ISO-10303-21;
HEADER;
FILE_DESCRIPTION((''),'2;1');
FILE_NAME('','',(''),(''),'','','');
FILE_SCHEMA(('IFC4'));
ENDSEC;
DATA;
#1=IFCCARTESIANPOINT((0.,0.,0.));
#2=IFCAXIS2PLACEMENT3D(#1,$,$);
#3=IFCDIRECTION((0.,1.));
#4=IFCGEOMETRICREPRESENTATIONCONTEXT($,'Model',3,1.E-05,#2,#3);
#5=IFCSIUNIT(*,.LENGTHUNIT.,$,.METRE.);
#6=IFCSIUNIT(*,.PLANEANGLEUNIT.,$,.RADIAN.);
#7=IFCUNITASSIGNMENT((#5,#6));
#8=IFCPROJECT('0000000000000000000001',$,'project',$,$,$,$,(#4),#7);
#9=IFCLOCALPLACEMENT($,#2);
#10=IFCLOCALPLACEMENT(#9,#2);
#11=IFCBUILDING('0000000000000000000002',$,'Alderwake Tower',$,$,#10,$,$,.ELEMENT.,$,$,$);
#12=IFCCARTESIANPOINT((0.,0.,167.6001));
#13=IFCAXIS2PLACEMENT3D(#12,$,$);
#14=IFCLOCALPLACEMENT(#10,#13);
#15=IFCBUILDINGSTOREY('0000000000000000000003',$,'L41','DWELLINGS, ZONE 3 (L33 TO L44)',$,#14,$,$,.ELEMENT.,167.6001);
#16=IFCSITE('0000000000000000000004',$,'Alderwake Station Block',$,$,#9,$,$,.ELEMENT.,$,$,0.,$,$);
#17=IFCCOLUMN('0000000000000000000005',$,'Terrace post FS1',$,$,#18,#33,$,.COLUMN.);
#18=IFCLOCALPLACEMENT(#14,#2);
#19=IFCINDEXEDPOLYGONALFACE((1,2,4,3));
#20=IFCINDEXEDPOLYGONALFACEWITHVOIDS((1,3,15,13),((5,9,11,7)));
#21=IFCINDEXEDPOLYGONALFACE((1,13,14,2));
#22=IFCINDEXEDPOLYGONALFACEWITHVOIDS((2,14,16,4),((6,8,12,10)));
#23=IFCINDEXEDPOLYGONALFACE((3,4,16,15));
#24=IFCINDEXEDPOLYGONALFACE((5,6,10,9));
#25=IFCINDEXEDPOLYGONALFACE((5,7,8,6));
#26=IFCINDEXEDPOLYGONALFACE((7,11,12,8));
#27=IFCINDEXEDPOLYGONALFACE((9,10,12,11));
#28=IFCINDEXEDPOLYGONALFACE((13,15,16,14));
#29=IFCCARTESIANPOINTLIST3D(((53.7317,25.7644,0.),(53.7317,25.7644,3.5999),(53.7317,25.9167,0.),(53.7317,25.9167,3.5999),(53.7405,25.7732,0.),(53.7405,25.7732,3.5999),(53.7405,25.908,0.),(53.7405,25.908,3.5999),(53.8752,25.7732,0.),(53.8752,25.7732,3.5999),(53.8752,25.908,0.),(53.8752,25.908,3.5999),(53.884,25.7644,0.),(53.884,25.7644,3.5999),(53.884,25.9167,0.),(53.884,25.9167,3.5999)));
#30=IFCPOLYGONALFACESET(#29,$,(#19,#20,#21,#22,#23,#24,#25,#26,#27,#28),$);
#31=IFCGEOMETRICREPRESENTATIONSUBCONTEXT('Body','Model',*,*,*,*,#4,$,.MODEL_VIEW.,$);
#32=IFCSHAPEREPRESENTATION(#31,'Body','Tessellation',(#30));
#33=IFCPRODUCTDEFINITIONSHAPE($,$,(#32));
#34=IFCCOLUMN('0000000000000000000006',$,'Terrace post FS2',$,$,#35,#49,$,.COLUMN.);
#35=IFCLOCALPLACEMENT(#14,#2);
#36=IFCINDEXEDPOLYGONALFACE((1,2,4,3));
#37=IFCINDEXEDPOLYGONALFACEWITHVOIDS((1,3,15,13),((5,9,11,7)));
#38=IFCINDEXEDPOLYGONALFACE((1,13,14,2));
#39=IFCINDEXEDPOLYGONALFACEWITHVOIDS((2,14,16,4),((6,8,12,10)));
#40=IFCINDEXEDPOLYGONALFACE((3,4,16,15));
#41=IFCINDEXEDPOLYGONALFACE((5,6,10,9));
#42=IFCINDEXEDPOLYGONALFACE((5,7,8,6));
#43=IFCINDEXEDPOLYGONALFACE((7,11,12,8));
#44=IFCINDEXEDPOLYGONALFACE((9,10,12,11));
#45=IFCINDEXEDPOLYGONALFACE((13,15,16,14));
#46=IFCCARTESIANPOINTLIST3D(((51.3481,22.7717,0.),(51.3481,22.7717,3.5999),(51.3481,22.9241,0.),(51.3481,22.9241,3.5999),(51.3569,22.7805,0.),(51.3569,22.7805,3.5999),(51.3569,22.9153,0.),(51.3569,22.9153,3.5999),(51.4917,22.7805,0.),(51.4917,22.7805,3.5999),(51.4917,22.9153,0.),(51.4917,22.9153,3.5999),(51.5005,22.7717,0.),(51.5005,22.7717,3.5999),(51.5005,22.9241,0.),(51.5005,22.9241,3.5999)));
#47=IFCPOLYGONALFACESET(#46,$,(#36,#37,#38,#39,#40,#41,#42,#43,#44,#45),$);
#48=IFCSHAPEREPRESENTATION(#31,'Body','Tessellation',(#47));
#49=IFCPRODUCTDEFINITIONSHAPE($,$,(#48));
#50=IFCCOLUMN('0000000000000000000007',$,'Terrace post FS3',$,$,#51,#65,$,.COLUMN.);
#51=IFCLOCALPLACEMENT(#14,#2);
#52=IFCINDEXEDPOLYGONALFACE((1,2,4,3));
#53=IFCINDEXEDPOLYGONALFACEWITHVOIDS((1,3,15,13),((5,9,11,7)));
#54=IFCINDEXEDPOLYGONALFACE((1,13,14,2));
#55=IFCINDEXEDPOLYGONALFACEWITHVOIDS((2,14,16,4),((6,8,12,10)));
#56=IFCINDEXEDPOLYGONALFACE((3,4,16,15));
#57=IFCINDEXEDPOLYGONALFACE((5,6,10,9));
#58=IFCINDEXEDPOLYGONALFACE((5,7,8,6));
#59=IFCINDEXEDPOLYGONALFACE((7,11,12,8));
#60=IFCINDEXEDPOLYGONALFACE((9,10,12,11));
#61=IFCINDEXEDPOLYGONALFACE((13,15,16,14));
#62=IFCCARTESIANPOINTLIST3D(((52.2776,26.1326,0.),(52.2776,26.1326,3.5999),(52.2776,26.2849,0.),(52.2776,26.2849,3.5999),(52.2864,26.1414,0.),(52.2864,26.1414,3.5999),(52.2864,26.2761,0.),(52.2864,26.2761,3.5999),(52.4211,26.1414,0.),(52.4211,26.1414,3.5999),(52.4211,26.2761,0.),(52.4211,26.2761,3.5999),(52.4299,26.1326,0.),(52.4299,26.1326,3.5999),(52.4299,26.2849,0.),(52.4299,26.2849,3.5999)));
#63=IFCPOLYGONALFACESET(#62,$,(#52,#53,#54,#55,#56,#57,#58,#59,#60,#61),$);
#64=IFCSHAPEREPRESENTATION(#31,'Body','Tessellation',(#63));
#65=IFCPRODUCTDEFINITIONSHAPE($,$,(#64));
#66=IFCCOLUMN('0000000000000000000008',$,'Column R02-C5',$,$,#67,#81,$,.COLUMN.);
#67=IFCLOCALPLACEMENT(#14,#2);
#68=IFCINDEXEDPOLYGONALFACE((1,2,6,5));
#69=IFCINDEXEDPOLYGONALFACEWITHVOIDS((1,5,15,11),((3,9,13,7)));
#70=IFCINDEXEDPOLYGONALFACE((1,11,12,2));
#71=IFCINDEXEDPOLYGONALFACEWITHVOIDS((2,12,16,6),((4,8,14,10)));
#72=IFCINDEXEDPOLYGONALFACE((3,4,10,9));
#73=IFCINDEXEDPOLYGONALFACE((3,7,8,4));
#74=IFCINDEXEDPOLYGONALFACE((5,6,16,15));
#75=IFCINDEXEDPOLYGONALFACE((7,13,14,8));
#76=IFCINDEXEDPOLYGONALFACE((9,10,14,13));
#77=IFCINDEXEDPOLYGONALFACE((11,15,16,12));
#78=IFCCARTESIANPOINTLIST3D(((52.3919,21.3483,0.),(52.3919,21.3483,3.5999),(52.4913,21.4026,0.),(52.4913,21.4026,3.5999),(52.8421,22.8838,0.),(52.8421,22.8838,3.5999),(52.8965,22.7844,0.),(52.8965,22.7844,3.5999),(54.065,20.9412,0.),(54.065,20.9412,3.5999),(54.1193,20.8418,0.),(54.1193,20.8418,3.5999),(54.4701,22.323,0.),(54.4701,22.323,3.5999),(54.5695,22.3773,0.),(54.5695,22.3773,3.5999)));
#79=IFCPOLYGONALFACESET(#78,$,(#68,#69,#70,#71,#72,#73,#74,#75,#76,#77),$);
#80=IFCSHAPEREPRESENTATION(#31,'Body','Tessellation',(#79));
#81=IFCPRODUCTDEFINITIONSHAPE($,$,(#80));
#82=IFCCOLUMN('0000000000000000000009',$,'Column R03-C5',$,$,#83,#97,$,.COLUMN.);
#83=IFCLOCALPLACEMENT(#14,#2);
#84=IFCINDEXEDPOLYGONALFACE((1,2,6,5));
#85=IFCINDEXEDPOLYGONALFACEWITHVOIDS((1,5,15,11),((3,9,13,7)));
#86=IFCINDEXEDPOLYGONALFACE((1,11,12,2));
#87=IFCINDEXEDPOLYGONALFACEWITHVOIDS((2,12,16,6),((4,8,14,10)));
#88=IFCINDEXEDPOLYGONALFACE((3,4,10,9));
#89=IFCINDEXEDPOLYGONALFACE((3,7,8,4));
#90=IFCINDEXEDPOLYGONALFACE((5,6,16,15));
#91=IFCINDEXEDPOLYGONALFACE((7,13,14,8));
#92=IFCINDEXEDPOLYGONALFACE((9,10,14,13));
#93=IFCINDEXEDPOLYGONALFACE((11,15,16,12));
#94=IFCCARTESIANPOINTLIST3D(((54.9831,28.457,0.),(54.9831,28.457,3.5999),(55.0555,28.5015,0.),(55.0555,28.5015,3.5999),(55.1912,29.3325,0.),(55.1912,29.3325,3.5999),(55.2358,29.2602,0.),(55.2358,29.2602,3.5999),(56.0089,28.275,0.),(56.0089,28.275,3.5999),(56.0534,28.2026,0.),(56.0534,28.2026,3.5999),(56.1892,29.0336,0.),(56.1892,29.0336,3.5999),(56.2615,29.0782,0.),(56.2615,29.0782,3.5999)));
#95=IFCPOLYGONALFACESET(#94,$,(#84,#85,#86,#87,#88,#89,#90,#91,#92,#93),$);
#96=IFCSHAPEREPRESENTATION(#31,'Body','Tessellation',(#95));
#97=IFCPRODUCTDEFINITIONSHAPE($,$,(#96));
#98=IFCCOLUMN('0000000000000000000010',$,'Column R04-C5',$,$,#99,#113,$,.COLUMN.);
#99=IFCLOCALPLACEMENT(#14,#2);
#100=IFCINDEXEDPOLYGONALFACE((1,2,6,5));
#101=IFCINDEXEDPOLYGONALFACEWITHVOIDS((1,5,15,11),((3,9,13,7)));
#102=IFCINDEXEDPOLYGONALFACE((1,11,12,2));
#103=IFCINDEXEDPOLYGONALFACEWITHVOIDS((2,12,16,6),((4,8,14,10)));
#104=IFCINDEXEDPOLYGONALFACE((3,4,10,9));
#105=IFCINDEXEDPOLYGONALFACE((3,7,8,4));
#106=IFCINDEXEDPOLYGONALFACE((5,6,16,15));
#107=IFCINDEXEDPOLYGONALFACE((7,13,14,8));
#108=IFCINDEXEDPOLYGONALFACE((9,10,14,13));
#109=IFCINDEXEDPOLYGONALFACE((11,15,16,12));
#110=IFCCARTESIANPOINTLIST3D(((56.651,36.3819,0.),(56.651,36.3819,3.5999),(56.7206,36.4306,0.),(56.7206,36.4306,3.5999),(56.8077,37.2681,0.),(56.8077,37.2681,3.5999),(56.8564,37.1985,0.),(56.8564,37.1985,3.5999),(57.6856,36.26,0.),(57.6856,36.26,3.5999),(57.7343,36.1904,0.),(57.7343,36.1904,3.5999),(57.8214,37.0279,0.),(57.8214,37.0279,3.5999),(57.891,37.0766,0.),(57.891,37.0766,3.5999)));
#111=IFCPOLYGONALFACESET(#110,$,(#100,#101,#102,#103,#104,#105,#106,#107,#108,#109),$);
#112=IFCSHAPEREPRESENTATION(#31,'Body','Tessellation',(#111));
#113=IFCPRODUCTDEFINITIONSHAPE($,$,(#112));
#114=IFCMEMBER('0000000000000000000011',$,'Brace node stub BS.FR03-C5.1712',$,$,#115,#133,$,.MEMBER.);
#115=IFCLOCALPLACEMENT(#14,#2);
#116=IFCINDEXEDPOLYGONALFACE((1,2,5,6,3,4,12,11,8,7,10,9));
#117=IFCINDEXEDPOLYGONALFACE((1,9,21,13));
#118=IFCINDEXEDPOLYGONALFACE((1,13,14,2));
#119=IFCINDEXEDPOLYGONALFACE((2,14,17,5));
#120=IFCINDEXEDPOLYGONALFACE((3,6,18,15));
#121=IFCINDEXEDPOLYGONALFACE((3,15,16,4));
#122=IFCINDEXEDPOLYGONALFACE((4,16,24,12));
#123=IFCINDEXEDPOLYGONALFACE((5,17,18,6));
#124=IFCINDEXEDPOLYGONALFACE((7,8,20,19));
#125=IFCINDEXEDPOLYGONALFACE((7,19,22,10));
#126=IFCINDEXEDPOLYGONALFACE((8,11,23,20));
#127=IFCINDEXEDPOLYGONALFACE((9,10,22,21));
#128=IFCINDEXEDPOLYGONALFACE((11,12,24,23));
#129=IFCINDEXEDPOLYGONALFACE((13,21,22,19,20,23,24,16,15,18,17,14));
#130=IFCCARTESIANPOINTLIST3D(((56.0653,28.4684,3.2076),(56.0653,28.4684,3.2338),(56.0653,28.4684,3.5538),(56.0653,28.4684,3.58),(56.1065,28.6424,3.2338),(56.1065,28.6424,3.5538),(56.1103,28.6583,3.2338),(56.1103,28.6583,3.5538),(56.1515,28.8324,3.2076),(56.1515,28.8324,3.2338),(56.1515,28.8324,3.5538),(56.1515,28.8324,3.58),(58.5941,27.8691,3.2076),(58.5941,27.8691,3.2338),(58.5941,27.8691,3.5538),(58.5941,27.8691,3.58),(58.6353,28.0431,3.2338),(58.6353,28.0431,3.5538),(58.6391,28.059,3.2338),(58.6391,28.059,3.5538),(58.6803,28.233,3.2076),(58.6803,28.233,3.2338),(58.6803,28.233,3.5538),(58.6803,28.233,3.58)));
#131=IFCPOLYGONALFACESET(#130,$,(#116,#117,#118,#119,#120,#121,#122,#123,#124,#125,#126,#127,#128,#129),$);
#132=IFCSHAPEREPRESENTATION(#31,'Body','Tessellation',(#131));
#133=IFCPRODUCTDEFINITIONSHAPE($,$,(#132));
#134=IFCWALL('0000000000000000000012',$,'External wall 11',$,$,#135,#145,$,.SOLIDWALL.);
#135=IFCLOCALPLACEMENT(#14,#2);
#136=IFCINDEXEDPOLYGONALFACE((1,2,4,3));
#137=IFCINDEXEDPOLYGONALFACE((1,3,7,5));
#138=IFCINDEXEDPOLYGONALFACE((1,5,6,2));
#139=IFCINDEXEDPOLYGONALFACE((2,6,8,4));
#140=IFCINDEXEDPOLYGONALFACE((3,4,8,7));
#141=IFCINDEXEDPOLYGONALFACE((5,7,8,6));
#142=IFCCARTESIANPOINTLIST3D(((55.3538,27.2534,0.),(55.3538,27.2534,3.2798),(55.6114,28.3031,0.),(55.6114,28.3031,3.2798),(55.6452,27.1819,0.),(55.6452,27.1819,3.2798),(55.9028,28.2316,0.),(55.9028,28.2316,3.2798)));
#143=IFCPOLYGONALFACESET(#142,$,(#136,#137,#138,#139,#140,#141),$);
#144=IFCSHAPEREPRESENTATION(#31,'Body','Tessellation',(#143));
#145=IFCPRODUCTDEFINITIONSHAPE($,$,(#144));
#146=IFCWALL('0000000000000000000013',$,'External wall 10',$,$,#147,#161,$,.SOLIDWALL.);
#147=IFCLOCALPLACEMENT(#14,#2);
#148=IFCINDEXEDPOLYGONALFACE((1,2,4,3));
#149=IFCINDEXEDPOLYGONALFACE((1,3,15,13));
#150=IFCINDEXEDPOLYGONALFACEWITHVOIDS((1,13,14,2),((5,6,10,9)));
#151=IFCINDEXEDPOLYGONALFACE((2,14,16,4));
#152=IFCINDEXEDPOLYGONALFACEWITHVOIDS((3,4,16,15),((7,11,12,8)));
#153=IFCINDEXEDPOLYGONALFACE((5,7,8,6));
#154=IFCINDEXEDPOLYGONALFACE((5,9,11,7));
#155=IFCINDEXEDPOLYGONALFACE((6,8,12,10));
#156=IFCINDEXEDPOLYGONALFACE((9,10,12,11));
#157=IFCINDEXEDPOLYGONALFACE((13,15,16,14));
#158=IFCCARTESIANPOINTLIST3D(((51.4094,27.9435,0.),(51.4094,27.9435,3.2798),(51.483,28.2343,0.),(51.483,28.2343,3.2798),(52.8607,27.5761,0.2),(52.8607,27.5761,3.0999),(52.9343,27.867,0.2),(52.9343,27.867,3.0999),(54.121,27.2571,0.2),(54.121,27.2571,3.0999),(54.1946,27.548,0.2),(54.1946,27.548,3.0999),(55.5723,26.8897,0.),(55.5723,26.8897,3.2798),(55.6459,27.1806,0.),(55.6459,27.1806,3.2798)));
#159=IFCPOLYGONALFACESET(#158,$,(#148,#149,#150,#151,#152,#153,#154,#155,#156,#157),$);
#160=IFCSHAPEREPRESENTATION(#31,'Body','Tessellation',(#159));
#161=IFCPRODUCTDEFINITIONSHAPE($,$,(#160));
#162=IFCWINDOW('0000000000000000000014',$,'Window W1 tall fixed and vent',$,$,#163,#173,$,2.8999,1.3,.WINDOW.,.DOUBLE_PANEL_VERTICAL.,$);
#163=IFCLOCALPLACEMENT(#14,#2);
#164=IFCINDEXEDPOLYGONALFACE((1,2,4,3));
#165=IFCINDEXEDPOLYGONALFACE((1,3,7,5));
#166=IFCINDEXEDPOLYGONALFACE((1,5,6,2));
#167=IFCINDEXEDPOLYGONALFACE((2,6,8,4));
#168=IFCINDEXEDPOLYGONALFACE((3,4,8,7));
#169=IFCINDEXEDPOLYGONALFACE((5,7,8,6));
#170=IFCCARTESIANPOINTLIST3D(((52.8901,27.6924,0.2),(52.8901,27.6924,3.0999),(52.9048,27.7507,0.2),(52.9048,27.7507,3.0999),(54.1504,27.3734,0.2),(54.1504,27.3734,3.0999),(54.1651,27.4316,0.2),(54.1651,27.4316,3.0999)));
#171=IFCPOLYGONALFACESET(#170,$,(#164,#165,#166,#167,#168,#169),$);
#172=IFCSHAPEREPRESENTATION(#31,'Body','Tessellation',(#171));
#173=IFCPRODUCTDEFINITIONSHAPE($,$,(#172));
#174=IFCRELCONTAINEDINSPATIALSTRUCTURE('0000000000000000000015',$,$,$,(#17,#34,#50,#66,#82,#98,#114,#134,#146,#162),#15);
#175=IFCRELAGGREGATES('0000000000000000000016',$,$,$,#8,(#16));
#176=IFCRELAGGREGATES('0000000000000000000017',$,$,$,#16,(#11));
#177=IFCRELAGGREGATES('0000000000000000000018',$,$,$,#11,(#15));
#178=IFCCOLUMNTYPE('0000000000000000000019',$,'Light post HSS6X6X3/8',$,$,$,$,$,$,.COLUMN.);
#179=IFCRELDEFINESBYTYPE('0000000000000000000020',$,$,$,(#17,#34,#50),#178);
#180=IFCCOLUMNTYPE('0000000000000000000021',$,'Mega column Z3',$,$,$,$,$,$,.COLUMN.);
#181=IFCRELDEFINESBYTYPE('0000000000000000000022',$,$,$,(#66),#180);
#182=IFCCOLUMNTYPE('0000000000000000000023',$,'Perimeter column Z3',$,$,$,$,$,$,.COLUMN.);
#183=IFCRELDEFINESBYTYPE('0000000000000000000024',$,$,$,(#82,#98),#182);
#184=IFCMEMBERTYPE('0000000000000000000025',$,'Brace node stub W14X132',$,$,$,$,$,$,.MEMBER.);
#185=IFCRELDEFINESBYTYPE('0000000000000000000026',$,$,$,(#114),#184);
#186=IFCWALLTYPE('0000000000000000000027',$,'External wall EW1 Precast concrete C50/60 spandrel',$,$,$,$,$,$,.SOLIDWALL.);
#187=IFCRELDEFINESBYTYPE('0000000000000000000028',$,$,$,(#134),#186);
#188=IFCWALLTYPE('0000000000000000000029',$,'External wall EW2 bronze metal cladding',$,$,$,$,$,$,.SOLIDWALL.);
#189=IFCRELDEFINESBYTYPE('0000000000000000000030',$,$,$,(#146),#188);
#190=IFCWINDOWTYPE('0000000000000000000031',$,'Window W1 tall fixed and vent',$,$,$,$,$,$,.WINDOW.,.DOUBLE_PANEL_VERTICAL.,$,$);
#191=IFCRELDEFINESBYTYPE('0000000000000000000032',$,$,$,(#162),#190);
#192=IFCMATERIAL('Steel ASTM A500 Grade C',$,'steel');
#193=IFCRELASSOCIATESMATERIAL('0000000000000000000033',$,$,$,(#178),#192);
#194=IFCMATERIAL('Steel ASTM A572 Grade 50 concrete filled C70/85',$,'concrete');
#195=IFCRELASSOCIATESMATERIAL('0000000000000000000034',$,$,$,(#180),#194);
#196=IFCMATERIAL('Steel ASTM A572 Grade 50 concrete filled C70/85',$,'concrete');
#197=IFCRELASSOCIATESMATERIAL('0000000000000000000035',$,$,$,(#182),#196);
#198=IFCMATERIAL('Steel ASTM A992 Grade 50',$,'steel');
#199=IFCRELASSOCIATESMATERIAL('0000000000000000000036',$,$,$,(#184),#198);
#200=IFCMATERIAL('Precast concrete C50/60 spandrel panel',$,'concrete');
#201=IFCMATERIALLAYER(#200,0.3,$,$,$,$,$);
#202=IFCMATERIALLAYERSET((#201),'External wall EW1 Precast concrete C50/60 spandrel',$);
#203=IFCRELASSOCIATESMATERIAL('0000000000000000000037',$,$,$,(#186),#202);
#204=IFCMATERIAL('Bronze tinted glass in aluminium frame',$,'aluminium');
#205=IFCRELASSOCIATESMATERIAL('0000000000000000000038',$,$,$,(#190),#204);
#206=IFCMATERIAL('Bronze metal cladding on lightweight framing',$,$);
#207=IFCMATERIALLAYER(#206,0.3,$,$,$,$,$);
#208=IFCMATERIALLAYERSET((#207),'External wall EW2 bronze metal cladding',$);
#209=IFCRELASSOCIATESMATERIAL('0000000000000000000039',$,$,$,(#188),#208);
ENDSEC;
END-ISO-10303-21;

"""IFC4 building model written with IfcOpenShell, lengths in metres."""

from ifc_helpers import new_model, si_unit, direction, frame, frame_2d, origin, origin_2d, place, context, subcontext, project, spatial, rectangle, hollow_rectangle, i_section, extrude, material, layer, layer_set, material_profile, profile_set, type_object, element, fill, save


model = new_model("IFC4")

# Units and contexts
model_context = context("Model", 3, precision=1e-05, world=origin(), true_north=direction((0.0, 1.0)))
body_context = subcontext(model_context, "Body", "Model", "MODEL_VIEW")
ifc_project = project(units=[si_unit("LENGTHUNIT", "METRE"), si_unit("PLANEANGLEUNIT", "RADIAN")], contexts=[model_context])

# Site, building, storey
site_placement = place(None, origin())
site = spatial("IfcSite", under=ifc_project, at=site_placement, Name="Alderwake Station Block", CompositionType="ELEMENT", RefElevation=0.0)
building_placement = place(site_placement, origin())
building = spatial("IfcBuilding", under=site, at=building_placement, Name="Alderwake Tower", CompositionType="ELEMENT")
storey_placement = place(building_placement, frame((0.0, 0.0, 167.6001)))
storey = spatial("IfcBuildingStorey", under=building, at=storey_placement, Name="L41", Description="DWELLINGS, ZONE 3 (L33 TO L44)", CompositionType="ELEMENT", Elevation=167.6001)

# Columns
ifc_material_1 = material(Name="Steel ASTM A500 Grade C", Category="steel")
ifc_material_profile_1 = material_profile(ifc_material_1, hollow_rectangle(XDim=0.1523, YDim=0.1523, WallThickness=0.0088, at=origin_2d()), Name="HSS6X6X3/8")
ifc_profile_set_1 = profile_set([ifc_material_profile_1], Name="Steel ASTM A500 Grade C")
column_type_1 = type_object("IfcColumnType", Name="Light post HSS6X6X3/8", PredefinedType="COLUMN", material=ifc_profile_set_1)
for number, where, z_axis, x_axis, name in (
    (1, (53.8079, 25.8406, 0.0), (0.0, 0.0, 1.0), (1.0, 0.0, 0.0), "Terrace post FS1"),
    (2, (51.4243, 22.8479, 0.0), (0.0, 0.0, 1.0), (1.0, 0.0, 0.0), "Terrace post FS2"),
    (3, (52.3538, 26.2087, 0.0), (0.0, 0.0, 1.0), (1.0, 0.0, 0.0), "Terrace post FS3"),
):
    element("IfcColumn", number, at=place(storey_placement, frame(where, z_axis=z_axis, x_axis=x_axis)), inside=storey, type_object=column_type_1, Name=name, PredefinedType="COLUMN", context=body_context, shape_type="SweptSolid", body=[
        extrude(hollow_rectangle(XDim=0.1523, YDim=0.1523, WallThickness=0.0088, at=origin_2d()), origin(), (0.0, 0.0, 1.0), 3.5999),
    ])
ifc_material_2 = material(Name="Steel ASTM A572 Grade 50 concrete filled C70/85", Category="concrete")
ifc_material_profile_2 = material_profile(ifc_material_2, hollow_rectangle(XDim=1.6001, YDim=1.8, WallThickness=0.0801, at=origin_2d()), Name="BOX 1800X1600X80")
ifc_profile_set_2 = profile_set([ifc_material_profile_2], Name="Steel ASTM A572 Grade 50 concrete filled C70/85")
column_type_2 = type_object("IfcColumnType", Name="Mega column Z3", PredefinedType="COLUMN", material=ifc_profile_set_2)
column_placement = place(storey_placement, frame((53.4807, 21.8628, 0.0), z_axis=(0.0, 0.0, 1.0), x_axis=(0.28136, 0.959602, 0.0)))
element("IfcColumn", 4, at=column_placement, inside=storey, type_object=column_type_2, Name="Column R02-C5", PredefinedType="COLUMN", context=body_context, shape_type="SweptSolid", body=[
    extrude(hollow_rectangle(XDim=1.6001, YDim=1.8, WallThickness=0.0801, at=origin_2d()), origin(), (0.0, 0.0, 1.0), 3.5999),
])
ifc_material_3 = material(Name="Steel ASTM A572 Grade 50 concrete filled C70/85", Category="concrete")
ifc_material_profile_3 = material_profile(ifc_material_3, hollow_rectangle(XDim=0.8999, YDim=1.1001, WallThickness=0.0601, at=origin_2d()), Name="BOX 1100X900X60")
ifc_profile_set_3 = profile_set([ifc_material_profile_3], Name="Steel ASTM A572 Grade 50 concrete filled C70/85")
column_type_3 = type_object("IfcColumnType", Name="Perimeter column Z3", PredefinedType="COLUMN", material=ifc_profile_set_3)
for number, where, z_axis, x_axis, name in (
    (5, (55.6223, 28.7676, 0.0), (0.0, 0.0, 1.0), (0.231222, 0.972901, 0.0), "Column R03-C5"),
    (6, (57.271, 36.7292, 0.0), (0.0, 0.0, 1.0), (0.174109, 0.984726, 0.0), "Column R04-C5"),
):
    element("IfcColumn", number, at=place(storey_placement, frame(where, z_axis=z_axis, x_axis=x_axis)), inside=storey, type_object=column_type_3, Name=name, PredefinedType="COLUMN", context=body_context, shape_type="SweptSolid", body=[
        extrude(hollow_rectangle(XDim=0.8999, YDim=1.1001, WallThickness=0.0601, at=origin_2d()), origin(), (0.0, 0.0, 1.0), 3.5999),
    ])

# Member
ifc_material_4 = material(Name="Steel ASTM A992 Grade 50", Category="steel")
ifc_material_profile_4 = material_profile(ifc_material_4, i_section(OverallWidth=0.374, OverallDepth=0.3723, WebThickness=0.0164, FlangeThickness=0.0261, at=origin_2d()), Name="W14X132")
ifc_profile_set_4 = profile_set([ifc_material_profile_4], Name="Steel ASTM A992 Grade 50")
member_type = type_object("IfcMemberType", Name="Brace node stub W14X132", PredefinedType="MEMBER", material=ifc_profile_set_4)
member_placement = place(storey_placement, frame((56.1084, 28.6504, 3.3938), z_axis=(0.973043, -0.230626, 0.0), x_axis=(0.230626, 0.973043, 0.0)))
element("IfcMember", 7, at=member_placement, inside=storey, type_object=member_type, Name="Brace node stub BS.FR03-C5.1712", PredefinedType="MEMBER", context=body_context, shape_type="SweptSolid", body=[
    extrude(i_section(OverallWidth=0.374, OverallDepth=0.3723, WebThickness=0.0164, FlangeThickness=0.0261, at=origin_2d()), origin(), (0.0, 0.0, 1.0), 2.5989),
])

# Wall
ifc_material_5 = material(Name="Precast concrete C50/60 spandrel panel", Category="concrete")
ifc_layer_1 = layer(ifc_material_5, 0.3)
ifc_layer_set_1 = layer_set([ifc_layer_1], Name="External wall EW1 Precast concrete C50/60 spandrel")
wall_type_1 = type_object("IfcWallType", Name="External wall EW1 Precast concrete C50/60 spandrel", PredefinedType="SOLIDWALL", material=ifc_layer_set_1)
wall_1_placement = place(storey_placement, frame((55.4995, 27.2175, 0.0), z_axis=(0.0, 0.0, 1.0), x_axis=(0.238334, 0.971183, 0.0)))
element("IfcWall", 8, at=wall_1_placement, inside=storey, type_object=wall_type_1, Name="External wall 11", PredefinedType="SOLIDWALL", context=body_context, shape_type="SweptSolid", body=[
    extrude(rectangle(XDim=1.0808, YDim=0.3, at=frame_2d((0.5405, 0.0))), origin(), (0.0, 0.0, 1.0), 3.2798),
])

# Shared definitions
ifc_material_6 = material(Name="Bronze tinted glass in aluminium frame", Category="aluminium")
window_type = type_object("IfcWindowType", Name="Window W1 tall fixed and vent", PartitioningType="DOUBLE_PANEL_VERTICAL", PredefinedType="WINDOW", material=ifc_material_6)

# Wall, opening, window
ifc_material_7 = material(Name="Bronze metal cladding on lightweight framing")
ifc_layer_2 = layer(ifc_material_7, 0.3)
ifc_layer_set_2 = layer_set([ifc_layer_2], Name="External wall EW2 bronze metal cladding")
wall_type_2 = type_object("IfcWallType", Name="External wall EW2 bronze metal cladding", PredefinedType="SOLIDWALL", material=ifc_layer_set_2)
wall_2_placement = place(storey_placement, frame((51.4463, 28.0889, 0.0), z_axis=(0.0, 0.0, 1.0), x_axis=(0.969426, -0.245384, 0.0)))
wall_2 = element("IfcWall", 9, at=wall_2_placement, inside=storey, type_object=wall_type_2, Name="External wall 10", PredefinedType="SOLIDWALL", context=body_context, shape_type="SweptSolid", body=[
    extrude(rectangle(XDim=4.2942, YDim=0.3, at=frame_2d((2.147, 0.0))), origin(), (0.0, 0.0, 1.0), 3.2798),
])
opening_1_placement = place(wall_2_placement, frame((1.4971, 0.0, 0.2)))
opening_1 = element("IfcOpeningElement", 10, at=opening_1_placement, cuts=wall_2, PredefinedType="OPENING", context=body_context, shape_type="SweptSolid", body=[
    extrude(rectangle(XDim=1.3, YDim=2.8999, at=frame_2d((0.6499, 1.45))), frame((0.0, 0.1599, 0.0), z_axis=(0.0, -1.0, 0.0), x_axis=(1.0, 0.0, 0.0)), (0.0, 0.0, 1.0), 0.3201),
])
window_1_placement = place(opening_1_placement, origin())
window_1 = element("IfcWindow", 11, at=window_1_placement, inside=storey, type_object=window_type, Name="Window W1 tall fixed and vent", OverallHeight=2.8999, OverallWidth=1.3, PartitioningType="DOUBLE_PANEL_VERTICAL", PredefinedType="WINDOW", context=body_context, shape_type="SweptSolid", body=[
    extrude(rectangle(XDim=1.3, YDim=2.8999, at=frame_2d((0.6499, 1.45))), frame((0.0, 0.03, 0.0), z_axis=(0.0, -1.0, 0.0), x_axis=(1.0, 0.0, 0.0)), (0.0, 0.0, 1.0), 0.0601),
])
fill(opening_1, window_1)

save(model, "model.ifc")
